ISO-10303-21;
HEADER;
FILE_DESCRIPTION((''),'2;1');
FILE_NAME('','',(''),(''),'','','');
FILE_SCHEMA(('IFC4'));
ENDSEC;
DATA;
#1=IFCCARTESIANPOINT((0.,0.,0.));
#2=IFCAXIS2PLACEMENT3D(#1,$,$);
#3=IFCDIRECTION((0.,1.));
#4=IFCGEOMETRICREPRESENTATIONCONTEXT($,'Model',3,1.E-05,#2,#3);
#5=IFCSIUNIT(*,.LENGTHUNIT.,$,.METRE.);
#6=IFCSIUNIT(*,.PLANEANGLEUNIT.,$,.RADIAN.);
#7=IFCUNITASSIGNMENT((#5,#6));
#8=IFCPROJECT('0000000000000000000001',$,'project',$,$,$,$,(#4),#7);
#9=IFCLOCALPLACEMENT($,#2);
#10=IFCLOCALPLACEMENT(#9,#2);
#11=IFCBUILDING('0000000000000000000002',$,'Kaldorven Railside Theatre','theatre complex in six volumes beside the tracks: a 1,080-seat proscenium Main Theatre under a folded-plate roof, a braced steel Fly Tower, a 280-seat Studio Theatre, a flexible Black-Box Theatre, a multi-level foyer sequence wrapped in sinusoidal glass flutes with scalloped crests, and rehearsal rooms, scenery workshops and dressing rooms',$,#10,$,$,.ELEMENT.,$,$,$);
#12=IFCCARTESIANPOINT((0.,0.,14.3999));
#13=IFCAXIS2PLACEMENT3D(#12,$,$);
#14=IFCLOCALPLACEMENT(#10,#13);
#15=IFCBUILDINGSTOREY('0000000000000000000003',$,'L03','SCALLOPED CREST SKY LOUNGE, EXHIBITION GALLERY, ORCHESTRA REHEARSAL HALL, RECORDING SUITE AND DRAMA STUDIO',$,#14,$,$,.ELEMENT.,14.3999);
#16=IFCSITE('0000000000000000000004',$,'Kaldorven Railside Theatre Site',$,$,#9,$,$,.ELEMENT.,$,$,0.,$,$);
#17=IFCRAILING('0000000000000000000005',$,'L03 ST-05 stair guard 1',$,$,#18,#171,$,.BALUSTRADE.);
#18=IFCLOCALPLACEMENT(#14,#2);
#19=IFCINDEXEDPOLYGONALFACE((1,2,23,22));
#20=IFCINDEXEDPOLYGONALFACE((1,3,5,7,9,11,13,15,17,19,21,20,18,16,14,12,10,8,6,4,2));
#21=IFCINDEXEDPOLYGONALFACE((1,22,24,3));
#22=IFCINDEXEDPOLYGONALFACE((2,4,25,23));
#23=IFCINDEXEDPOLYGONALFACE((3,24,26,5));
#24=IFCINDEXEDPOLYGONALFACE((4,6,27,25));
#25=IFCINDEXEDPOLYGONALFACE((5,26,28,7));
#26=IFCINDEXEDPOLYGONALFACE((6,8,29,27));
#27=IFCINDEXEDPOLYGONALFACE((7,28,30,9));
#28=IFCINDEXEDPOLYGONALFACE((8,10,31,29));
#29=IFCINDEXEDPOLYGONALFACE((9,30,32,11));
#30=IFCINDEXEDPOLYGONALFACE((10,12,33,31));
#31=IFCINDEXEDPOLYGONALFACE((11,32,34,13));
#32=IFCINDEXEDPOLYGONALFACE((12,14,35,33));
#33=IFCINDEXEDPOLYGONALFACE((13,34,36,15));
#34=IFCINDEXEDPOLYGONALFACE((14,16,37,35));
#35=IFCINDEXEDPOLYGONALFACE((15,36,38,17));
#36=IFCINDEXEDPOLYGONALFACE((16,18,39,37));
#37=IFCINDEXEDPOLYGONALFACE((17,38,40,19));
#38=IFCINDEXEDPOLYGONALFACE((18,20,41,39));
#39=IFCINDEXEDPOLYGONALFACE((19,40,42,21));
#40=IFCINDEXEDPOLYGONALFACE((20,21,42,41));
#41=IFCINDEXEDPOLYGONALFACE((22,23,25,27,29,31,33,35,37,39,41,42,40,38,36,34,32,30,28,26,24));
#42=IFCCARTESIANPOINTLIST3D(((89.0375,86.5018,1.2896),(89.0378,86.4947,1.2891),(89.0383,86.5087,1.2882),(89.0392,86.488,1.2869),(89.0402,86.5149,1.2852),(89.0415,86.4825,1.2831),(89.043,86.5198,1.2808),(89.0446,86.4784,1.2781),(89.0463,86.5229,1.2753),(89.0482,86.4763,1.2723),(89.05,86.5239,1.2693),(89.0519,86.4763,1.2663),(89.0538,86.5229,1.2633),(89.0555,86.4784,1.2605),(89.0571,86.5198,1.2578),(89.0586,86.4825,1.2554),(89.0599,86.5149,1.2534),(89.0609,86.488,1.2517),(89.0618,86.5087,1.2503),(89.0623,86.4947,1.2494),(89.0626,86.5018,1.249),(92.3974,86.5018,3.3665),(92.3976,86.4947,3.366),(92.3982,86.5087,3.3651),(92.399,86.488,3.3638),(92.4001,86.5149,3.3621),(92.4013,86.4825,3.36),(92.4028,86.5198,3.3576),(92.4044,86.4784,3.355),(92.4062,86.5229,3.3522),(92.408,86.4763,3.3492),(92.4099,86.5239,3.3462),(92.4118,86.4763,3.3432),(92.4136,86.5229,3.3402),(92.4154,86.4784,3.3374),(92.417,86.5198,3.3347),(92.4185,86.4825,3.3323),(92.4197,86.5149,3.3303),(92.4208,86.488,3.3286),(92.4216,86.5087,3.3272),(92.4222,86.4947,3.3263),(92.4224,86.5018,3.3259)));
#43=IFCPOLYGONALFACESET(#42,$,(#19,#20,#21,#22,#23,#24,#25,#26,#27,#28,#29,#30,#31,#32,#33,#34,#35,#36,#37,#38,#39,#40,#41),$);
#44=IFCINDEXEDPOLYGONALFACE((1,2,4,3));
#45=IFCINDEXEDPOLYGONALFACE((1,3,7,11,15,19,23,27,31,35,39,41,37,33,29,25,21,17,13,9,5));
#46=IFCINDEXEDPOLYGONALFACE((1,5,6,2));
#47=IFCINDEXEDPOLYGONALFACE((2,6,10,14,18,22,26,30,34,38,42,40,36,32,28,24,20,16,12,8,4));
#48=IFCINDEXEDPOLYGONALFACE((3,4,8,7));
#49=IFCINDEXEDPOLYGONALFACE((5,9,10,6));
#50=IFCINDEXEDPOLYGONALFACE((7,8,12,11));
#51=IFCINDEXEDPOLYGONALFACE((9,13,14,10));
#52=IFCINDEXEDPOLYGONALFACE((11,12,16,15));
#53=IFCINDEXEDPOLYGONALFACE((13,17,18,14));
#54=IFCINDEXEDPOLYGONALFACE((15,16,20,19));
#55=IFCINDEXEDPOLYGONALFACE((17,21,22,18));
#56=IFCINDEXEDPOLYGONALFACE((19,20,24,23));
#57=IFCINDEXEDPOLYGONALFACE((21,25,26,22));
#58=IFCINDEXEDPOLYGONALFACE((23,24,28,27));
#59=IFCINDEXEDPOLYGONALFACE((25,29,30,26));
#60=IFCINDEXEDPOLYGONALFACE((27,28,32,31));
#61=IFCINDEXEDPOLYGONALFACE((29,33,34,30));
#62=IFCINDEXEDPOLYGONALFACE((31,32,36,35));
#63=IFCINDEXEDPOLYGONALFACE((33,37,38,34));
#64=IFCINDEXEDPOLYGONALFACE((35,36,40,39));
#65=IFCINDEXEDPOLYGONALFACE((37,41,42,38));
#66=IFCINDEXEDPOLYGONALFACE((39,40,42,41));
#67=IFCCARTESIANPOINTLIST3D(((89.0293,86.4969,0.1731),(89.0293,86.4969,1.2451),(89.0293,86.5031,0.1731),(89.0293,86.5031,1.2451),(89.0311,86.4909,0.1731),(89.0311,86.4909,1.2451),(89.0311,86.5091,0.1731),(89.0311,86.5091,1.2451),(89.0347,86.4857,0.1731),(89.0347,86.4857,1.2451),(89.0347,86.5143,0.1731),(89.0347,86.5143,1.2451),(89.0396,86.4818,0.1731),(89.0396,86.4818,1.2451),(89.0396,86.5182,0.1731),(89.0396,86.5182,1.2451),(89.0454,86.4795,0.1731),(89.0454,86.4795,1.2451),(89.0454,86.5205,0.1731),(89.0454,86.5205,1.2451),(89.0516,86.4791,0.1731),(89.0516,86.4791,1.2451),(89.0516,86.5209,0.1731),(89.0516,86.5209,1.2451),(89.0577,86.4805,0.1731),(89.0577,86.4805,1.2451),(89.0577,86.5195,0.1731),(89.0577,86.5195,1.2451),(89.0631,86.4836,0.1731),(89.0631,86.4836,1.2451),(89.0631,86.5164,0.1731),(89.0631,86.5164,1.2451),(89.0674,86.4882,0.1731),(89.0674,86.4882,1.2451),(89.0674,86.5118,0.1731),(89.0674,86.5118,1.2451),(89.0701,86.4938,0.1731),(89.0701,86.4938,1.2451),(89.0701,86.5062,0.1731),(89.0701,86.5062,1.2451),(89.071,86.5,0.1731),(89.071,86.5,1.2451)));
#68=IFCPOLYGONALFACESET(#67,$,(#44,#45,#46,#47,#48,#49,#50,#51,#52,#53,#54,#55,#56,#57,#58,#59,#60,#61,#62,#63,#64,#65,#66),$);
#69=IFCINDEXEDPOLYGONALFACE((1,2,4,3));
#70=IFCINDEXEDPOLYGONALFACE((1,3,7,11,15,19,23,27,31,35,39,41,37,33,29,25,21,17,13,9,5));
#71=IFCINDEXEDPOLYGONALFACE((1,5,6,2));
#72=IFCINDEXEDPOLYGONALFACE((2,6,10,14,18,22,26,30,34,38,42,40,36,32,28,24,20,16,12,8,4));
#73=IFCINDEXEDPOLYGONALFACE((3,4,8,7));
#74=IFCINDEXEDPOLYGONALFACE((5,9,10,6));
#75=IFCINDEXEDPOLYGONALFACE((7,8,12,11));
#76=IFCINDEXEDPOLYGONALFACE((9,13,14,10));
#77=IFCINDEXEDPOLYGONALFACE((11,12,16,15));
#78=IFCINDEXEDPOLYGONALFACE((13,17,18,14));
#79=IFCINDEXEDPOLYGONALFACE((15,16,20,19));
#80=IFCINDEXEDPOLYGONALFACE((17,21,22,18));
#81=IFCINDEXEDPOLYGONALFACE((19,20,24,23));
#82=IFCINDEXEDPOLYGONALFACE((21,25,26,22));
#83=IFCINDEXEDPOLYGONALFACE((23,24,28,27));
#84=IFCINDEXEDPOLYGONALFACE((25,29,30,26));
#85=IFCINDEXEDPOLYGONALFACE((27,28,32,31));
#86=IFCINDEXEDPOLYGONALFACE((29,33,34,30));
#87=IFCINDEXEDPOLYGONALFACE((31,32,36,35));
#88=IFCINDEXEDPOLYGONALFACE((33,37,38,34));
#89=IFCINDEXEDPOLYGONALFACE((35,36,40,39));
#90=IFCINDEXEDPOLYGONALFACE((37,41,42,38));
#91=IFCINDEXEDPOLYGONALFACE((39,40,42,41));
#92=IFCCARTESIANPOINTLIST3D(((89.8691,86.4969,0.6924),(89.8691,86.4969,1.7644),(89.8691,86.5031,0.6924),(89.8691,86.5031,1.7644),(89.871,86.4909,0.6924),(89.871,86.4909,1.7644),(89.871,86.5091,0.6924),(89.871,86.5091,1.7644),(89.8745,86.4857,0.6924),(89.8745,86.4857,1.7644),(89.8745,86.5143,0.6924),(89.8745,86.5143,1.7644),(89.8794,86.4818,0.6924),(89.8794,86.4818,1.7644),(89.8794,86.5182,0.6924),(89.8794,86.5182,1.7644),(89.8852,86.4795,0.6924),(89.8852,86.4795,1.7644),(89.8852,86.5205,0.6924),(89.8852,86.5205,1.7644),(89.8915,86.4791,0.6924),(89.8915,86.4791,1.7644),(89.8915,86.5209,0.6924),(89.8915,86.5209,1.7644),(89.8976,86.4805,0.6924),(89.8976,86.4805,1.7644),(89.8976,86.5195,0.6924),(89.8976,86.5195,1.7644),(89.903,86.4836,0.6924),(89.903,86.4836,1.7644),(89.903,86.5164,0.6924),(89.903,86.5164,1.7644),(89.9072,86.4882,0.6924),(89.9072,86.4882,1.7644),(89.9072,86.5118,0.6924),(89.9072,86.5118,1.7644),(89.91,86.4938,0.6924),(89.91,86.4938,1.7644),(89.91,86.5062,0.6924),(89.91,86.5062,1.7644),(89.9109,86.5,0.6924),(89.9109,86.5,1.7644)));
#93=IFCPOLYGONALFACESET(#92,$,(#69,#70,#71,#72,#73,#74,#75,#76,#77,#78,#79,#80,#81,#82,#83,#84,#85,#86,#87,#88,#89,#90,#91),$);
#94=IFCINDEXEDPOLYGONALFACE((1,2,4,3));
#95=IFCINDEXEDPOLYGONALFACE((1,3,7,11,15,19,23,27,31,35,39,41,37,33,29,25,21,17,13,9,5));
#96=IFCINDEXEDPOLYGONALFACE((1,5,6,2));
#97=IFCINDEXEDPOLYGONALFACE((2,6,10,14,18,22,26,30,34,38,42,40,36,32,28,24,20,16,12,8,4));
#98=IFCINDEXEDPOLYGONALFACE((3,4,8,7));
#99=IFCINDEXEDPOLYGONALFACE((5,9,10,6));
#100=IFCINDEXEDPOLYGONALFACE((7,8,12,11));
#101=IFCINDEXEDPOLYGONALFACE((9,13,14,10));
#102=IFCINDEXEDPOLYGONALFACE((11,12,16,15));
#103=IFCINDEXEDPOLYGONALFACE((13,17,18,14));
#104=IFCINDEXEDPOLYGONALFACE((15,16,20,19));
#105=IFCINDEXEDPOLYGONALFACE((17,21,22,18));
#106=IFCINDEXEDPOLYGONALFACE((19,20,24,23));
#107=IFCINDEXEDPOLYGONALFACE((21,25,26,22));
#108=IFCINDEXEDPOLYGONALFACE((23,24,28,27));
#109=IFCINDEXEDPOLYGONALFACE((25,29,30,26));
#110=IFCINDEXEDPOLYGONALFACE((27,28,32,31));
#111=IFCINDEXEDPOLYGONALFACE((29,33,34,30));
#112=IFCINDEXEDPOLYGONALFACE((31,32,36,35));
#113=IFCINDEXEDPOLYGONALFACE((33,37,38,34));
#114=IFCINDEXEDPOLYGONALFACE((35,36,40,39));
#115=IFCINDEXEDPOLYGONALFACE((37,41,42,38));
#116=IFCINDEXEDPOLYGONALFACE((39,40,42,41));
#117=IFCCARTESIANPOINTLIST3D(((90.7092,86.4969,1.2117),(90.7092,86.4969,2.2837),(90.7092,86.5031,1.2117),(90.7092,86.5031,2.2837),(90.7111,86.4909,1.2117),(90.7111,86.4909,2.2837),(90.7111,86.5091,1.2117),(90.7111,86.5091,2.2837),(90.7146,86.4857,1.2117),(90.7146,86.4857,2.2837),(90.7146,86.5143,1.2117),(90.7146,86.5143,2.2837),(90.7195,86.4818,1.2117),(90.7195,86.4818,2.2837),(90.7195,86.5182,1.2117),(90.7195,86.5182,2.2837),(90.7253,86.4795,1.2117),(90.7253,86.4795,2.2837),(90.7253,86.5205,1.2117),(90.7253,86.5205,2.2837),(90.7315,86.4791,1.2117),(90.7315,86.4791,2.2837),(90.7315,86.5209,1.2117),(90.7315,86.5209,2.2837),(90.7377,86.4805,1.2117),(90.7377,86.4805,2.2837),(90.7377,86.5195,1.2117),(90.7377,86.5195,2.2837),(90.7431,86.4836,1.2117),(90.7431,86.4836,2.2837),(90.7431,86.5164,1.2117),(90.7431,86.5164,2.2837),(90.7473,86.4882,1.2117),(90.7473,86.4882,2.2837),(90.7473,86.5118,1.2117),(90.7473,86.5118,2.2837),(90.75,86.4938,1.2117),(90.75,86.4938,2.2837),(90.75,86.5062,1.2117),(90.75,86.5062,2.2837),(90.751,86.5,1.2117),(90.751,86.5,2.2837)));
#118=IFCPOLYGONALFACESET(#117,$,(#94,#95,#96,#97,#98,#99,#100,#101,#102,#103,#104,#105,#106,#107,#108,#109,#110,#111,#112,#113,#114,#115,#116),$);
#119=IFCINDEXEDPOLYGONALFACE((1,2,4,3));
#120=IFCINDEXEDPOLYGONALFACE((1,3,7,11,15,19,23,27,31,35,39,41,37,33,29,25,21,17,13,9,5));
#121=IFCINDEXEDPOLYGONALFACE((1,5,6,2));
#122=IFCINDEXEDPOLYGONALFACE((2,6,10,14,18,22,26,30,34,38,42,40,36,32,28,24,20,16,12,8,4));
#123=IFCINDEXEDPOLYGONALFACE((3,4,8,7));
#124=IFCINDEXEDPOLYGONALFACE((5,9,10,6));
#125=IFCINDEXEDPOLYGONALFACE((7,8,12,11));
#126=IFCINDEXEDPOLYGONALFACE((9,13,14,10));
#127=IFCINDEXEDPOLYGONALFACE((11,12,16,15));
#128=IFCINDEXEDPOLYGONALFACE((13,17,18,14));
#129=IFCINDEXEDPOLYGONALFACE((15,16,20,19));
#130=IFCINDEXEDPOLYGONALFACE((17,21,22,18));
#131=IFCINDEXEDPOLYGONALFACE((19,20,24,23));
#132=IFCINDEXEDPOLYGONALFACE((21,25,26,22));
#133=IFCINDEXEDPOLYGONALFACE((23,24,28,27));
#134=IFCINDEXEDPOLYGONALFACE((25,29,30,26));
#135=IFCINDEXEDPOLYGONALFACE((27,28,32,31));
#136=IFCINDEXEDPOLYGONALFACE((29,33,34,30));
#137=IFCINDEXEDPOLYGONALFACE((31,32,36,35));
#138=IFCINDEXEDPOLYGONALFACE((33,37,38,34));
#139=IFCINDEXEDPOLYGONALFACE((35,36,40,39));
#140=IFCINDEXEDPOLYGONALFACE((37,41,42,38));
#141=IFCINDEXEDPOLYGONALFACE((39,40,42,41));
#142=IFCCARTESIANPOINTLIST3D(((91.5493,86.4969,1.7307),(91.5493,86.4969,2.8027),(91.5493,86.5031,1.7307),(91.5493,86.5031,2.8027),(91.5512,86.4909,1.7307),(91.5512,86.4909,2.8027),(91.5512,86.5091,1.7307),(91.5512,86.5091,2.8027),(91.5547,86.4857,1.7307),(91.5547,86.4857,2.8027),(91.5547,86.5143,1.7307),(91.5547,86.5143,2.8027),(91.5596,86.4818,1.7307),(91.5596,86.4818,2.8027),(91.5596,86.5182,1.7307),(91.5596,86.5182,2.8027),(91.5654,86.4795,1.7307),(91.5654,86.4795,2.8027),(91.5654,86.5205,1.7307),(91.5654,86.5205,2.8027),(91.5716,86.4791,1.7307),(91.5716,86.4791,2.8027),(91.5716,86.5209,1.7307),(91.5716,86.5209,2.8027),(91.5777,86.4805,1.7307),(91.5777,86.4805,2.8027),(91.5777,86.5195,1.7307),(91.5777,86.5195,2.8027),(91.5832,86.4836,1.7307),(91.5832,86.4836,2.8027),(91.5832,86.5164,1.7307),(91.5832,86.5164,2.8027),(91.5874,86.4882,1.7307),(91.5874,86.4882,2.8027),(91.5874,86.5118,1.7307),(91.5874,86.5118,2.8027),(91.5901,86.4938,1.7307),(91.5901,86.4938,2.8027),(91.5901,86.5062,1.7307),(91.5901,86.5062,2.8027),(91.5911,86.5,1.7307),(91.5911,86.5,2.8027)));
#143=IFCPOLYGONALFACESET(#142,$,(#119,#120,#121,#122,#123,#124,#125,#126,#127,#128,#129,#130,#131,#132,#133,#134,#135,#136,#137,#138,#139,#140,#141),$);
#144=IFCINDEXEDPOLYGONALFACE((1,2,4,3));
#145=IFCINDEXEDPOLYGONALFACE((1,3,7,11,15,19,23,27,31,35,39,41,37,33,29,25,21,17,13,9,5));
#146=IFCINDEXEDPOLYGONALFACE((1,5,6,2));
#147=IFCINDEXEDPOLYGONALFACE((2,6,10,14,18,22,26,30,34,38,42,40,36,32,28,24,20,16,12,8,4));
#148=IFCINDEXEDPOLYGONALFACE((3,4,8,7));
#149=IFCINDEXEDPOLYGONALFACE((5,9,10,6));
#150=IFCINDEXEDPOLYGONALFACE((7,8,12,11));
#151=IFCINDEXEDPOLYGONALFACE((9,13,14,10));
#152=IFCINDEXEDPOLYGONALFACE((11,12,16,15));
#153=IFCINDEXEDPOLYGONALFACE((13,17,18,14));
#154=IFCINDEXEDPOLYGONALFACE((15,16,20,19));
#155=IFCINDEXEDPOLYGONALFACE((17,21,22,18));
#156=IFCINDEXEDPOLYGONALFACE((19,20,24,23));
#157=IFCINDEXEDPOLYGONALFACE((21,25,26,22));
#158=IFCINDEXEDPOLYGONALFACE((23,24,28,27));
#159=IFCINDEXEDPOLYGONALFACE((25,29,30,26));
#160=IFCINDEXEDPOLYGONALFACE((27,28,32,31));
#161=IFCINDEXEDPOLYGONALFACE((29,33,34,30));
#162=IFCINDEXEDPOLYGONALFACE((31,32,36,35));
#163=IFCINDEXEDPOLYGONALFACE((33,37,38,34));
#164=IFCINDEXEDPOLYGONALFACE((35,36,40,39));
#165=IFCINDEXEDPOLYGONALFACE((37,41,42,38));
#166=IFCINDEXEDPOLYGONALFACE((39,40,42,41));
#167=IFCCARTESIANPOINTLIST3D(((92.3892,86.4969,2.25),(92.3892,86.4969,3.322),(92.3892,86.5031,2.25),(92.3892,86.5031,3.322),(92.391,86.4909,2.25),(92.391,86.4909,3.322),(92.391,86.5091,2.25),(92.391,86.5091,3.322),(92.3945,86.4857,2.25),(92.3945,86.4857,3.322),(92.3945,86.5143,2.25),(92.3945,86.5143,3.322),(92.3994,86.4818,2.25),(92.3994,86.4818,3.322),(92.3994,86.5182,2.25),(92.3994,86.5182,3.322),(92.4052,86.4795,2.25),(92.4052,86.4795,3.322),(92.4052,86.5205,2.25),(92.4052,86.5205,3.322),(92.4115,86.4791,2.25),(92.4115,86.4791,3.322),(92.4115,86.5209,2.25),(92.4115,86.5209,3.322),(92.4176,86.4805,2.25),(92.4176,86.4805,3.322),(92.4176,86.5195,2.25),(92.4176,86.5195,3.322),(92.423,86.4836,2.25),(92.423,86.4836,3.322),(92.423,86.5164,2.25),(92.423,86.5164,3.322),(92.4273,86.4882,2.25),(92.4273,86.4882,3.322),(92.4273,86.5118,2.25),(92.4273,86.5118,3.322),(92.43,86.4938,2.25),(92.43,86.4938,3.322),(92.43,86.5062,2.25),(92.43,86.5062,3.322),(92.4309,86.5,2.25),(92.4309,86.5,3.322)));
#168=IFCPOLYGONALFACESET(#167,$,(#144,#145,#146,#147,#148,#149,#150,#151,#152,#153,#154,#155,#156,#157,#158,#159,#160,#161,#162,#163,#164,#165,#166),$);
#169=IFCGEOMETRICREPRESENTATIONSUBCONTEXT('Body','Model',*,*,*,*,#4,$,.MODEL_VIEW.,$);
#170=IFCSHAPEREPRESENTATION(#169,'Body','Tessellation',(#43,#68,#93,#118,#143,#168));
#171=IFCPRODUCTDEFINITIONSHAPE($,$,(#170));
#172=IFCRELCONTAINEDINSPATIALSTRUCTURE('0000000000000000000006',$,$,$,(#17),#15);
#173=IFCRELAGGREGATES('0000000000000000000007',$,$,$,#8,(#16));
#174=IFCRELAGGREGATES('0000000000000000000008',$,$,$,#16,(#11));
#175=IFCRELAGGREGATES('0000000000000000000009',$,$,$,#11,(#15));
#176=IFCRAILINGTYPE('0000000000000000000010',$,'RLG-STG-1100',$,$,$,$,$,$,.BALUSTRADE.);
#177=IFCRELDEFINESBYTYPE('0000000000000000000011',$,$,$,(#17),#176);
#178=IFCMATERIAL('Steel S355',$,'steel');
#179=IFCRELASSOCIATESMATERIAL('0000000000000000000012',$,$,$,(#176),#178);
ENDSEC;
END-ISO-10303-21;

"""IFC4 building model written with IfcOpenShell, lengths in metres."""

from ifc_helpers import new_model, si_unit, direction, frame, origin, origin_2d, place, context, subcontext, project, spatial, circle, extrude, material, type_object, element, save


model = new_model("IFC4")

# Units and contexts
model_context = context("Model", 3, precision=1e-05, world=origin(), true_north=direction((0.0, 1.0)))
body_context = subcontext(model_context, "Body", "Model", "MODEL_VIEW")
ifc_project = project(units=[si_unit("LENGTHUNIT", "METRE"), si_unit("PLANEANGLEUNIT", "RADIAN")], contexts=[model_context])

# Site, building, storey
site_placement = place(None, origin())
site = spatial("IfcSite", under=ifc_project, at=site_placement, Name="Kaldorven Railside Theatre Site", CompositionType="ELEMENT", RefElevation=0.0)
building_placement = place(site_placement, origin())
building = spatial("IfcBuilding", under=site, at=building_placement, Name="Kaldorven Railside Theatre", Description="theatre complex in six volumes beside the tracks: a 1,080-seat proscenium Main Theatre under a folded-plate roof, a braced steel Fly Tower, a 280-seat Studio Theatre, a flexible Black-Box Theatre, a multi-level foyer sequence wrapped in sinusoidal glass flutes with scalloped crests, and rehearsal rooms, scenery workshops and dressing rooms", CompositionType="ELEMENT")
storey_placement = place(building_placement, frame((0.0, 0.0, 14.3999)))
storey = spatial("IfcBuildingStorey", under=building, at=storey_placement, Name="L03", Description="SCALLOPED CREST SKY LOUNGE, EXHIBITION GALLERY, ORCHESTRA REHEARSAL HALL, RECORDING SUITE AND DRAMA STUDIO", CompositionType="ELEMENT", Elevation=14.3999)

# Shared definitions
ifc_material_1 = material(Name="Steel S355", Category="steel")

# Railing
railing_type_1 = type_object("IfcRailingType", Name="RLG-STG-1100", PredefinedType="BALUSTRADE", material=ifc_material_1)
railing_1_placement = place(storey_placement, frame((89.05, 86.5, 0.1731)))
element("IfcRailing", 1, at=railing_1_placement, inside=storey, type_object=railing_type_1, Name="L03 ST-05 stair guard 1", PredefinedType="BALUSTRADE", context=body_context, shape_type="SweptSolid", body=[
    extrude(circle(Radius=0.0239, at=origin_2d()), frame((0.0, 0.0, 1.0962), z_axis=(0.850606, 0.0, 0.525803), x_axis=(0.0, 1.0, 0.0)), (0.0, 0.0, 1.0), 3.95),
    extrude(circle(Radius=0.021, at=origin_2d()), origin(), (0.0, 0.0, 1.0), 1.072),
    extrude(circle(Radius=0.021, at=origin_2d()), frame((0.8398, 0.0, 0.5193)), (0.0, 0.0, 1.0), 1.072),
    extrude(circle(Radius=0.021, at=origin_2d()), frame((1.6799, 0.0, 1.0386)), (0.0, 0.0, 1.0), 1.072),
    extrude(circle(Radius=0.021, at=origin_2d()), frame((2.52, 0.0, 1.5576)), (0.0, 0.0, 1.0), 1.072),
    extrude(circle(Radius=0.021, at=origin_2d()), frame((3.3599, 0.0, 2.0769)), (0.0, 0.0, 1.0), 1.072),
])

save(model, "model.ifc")
